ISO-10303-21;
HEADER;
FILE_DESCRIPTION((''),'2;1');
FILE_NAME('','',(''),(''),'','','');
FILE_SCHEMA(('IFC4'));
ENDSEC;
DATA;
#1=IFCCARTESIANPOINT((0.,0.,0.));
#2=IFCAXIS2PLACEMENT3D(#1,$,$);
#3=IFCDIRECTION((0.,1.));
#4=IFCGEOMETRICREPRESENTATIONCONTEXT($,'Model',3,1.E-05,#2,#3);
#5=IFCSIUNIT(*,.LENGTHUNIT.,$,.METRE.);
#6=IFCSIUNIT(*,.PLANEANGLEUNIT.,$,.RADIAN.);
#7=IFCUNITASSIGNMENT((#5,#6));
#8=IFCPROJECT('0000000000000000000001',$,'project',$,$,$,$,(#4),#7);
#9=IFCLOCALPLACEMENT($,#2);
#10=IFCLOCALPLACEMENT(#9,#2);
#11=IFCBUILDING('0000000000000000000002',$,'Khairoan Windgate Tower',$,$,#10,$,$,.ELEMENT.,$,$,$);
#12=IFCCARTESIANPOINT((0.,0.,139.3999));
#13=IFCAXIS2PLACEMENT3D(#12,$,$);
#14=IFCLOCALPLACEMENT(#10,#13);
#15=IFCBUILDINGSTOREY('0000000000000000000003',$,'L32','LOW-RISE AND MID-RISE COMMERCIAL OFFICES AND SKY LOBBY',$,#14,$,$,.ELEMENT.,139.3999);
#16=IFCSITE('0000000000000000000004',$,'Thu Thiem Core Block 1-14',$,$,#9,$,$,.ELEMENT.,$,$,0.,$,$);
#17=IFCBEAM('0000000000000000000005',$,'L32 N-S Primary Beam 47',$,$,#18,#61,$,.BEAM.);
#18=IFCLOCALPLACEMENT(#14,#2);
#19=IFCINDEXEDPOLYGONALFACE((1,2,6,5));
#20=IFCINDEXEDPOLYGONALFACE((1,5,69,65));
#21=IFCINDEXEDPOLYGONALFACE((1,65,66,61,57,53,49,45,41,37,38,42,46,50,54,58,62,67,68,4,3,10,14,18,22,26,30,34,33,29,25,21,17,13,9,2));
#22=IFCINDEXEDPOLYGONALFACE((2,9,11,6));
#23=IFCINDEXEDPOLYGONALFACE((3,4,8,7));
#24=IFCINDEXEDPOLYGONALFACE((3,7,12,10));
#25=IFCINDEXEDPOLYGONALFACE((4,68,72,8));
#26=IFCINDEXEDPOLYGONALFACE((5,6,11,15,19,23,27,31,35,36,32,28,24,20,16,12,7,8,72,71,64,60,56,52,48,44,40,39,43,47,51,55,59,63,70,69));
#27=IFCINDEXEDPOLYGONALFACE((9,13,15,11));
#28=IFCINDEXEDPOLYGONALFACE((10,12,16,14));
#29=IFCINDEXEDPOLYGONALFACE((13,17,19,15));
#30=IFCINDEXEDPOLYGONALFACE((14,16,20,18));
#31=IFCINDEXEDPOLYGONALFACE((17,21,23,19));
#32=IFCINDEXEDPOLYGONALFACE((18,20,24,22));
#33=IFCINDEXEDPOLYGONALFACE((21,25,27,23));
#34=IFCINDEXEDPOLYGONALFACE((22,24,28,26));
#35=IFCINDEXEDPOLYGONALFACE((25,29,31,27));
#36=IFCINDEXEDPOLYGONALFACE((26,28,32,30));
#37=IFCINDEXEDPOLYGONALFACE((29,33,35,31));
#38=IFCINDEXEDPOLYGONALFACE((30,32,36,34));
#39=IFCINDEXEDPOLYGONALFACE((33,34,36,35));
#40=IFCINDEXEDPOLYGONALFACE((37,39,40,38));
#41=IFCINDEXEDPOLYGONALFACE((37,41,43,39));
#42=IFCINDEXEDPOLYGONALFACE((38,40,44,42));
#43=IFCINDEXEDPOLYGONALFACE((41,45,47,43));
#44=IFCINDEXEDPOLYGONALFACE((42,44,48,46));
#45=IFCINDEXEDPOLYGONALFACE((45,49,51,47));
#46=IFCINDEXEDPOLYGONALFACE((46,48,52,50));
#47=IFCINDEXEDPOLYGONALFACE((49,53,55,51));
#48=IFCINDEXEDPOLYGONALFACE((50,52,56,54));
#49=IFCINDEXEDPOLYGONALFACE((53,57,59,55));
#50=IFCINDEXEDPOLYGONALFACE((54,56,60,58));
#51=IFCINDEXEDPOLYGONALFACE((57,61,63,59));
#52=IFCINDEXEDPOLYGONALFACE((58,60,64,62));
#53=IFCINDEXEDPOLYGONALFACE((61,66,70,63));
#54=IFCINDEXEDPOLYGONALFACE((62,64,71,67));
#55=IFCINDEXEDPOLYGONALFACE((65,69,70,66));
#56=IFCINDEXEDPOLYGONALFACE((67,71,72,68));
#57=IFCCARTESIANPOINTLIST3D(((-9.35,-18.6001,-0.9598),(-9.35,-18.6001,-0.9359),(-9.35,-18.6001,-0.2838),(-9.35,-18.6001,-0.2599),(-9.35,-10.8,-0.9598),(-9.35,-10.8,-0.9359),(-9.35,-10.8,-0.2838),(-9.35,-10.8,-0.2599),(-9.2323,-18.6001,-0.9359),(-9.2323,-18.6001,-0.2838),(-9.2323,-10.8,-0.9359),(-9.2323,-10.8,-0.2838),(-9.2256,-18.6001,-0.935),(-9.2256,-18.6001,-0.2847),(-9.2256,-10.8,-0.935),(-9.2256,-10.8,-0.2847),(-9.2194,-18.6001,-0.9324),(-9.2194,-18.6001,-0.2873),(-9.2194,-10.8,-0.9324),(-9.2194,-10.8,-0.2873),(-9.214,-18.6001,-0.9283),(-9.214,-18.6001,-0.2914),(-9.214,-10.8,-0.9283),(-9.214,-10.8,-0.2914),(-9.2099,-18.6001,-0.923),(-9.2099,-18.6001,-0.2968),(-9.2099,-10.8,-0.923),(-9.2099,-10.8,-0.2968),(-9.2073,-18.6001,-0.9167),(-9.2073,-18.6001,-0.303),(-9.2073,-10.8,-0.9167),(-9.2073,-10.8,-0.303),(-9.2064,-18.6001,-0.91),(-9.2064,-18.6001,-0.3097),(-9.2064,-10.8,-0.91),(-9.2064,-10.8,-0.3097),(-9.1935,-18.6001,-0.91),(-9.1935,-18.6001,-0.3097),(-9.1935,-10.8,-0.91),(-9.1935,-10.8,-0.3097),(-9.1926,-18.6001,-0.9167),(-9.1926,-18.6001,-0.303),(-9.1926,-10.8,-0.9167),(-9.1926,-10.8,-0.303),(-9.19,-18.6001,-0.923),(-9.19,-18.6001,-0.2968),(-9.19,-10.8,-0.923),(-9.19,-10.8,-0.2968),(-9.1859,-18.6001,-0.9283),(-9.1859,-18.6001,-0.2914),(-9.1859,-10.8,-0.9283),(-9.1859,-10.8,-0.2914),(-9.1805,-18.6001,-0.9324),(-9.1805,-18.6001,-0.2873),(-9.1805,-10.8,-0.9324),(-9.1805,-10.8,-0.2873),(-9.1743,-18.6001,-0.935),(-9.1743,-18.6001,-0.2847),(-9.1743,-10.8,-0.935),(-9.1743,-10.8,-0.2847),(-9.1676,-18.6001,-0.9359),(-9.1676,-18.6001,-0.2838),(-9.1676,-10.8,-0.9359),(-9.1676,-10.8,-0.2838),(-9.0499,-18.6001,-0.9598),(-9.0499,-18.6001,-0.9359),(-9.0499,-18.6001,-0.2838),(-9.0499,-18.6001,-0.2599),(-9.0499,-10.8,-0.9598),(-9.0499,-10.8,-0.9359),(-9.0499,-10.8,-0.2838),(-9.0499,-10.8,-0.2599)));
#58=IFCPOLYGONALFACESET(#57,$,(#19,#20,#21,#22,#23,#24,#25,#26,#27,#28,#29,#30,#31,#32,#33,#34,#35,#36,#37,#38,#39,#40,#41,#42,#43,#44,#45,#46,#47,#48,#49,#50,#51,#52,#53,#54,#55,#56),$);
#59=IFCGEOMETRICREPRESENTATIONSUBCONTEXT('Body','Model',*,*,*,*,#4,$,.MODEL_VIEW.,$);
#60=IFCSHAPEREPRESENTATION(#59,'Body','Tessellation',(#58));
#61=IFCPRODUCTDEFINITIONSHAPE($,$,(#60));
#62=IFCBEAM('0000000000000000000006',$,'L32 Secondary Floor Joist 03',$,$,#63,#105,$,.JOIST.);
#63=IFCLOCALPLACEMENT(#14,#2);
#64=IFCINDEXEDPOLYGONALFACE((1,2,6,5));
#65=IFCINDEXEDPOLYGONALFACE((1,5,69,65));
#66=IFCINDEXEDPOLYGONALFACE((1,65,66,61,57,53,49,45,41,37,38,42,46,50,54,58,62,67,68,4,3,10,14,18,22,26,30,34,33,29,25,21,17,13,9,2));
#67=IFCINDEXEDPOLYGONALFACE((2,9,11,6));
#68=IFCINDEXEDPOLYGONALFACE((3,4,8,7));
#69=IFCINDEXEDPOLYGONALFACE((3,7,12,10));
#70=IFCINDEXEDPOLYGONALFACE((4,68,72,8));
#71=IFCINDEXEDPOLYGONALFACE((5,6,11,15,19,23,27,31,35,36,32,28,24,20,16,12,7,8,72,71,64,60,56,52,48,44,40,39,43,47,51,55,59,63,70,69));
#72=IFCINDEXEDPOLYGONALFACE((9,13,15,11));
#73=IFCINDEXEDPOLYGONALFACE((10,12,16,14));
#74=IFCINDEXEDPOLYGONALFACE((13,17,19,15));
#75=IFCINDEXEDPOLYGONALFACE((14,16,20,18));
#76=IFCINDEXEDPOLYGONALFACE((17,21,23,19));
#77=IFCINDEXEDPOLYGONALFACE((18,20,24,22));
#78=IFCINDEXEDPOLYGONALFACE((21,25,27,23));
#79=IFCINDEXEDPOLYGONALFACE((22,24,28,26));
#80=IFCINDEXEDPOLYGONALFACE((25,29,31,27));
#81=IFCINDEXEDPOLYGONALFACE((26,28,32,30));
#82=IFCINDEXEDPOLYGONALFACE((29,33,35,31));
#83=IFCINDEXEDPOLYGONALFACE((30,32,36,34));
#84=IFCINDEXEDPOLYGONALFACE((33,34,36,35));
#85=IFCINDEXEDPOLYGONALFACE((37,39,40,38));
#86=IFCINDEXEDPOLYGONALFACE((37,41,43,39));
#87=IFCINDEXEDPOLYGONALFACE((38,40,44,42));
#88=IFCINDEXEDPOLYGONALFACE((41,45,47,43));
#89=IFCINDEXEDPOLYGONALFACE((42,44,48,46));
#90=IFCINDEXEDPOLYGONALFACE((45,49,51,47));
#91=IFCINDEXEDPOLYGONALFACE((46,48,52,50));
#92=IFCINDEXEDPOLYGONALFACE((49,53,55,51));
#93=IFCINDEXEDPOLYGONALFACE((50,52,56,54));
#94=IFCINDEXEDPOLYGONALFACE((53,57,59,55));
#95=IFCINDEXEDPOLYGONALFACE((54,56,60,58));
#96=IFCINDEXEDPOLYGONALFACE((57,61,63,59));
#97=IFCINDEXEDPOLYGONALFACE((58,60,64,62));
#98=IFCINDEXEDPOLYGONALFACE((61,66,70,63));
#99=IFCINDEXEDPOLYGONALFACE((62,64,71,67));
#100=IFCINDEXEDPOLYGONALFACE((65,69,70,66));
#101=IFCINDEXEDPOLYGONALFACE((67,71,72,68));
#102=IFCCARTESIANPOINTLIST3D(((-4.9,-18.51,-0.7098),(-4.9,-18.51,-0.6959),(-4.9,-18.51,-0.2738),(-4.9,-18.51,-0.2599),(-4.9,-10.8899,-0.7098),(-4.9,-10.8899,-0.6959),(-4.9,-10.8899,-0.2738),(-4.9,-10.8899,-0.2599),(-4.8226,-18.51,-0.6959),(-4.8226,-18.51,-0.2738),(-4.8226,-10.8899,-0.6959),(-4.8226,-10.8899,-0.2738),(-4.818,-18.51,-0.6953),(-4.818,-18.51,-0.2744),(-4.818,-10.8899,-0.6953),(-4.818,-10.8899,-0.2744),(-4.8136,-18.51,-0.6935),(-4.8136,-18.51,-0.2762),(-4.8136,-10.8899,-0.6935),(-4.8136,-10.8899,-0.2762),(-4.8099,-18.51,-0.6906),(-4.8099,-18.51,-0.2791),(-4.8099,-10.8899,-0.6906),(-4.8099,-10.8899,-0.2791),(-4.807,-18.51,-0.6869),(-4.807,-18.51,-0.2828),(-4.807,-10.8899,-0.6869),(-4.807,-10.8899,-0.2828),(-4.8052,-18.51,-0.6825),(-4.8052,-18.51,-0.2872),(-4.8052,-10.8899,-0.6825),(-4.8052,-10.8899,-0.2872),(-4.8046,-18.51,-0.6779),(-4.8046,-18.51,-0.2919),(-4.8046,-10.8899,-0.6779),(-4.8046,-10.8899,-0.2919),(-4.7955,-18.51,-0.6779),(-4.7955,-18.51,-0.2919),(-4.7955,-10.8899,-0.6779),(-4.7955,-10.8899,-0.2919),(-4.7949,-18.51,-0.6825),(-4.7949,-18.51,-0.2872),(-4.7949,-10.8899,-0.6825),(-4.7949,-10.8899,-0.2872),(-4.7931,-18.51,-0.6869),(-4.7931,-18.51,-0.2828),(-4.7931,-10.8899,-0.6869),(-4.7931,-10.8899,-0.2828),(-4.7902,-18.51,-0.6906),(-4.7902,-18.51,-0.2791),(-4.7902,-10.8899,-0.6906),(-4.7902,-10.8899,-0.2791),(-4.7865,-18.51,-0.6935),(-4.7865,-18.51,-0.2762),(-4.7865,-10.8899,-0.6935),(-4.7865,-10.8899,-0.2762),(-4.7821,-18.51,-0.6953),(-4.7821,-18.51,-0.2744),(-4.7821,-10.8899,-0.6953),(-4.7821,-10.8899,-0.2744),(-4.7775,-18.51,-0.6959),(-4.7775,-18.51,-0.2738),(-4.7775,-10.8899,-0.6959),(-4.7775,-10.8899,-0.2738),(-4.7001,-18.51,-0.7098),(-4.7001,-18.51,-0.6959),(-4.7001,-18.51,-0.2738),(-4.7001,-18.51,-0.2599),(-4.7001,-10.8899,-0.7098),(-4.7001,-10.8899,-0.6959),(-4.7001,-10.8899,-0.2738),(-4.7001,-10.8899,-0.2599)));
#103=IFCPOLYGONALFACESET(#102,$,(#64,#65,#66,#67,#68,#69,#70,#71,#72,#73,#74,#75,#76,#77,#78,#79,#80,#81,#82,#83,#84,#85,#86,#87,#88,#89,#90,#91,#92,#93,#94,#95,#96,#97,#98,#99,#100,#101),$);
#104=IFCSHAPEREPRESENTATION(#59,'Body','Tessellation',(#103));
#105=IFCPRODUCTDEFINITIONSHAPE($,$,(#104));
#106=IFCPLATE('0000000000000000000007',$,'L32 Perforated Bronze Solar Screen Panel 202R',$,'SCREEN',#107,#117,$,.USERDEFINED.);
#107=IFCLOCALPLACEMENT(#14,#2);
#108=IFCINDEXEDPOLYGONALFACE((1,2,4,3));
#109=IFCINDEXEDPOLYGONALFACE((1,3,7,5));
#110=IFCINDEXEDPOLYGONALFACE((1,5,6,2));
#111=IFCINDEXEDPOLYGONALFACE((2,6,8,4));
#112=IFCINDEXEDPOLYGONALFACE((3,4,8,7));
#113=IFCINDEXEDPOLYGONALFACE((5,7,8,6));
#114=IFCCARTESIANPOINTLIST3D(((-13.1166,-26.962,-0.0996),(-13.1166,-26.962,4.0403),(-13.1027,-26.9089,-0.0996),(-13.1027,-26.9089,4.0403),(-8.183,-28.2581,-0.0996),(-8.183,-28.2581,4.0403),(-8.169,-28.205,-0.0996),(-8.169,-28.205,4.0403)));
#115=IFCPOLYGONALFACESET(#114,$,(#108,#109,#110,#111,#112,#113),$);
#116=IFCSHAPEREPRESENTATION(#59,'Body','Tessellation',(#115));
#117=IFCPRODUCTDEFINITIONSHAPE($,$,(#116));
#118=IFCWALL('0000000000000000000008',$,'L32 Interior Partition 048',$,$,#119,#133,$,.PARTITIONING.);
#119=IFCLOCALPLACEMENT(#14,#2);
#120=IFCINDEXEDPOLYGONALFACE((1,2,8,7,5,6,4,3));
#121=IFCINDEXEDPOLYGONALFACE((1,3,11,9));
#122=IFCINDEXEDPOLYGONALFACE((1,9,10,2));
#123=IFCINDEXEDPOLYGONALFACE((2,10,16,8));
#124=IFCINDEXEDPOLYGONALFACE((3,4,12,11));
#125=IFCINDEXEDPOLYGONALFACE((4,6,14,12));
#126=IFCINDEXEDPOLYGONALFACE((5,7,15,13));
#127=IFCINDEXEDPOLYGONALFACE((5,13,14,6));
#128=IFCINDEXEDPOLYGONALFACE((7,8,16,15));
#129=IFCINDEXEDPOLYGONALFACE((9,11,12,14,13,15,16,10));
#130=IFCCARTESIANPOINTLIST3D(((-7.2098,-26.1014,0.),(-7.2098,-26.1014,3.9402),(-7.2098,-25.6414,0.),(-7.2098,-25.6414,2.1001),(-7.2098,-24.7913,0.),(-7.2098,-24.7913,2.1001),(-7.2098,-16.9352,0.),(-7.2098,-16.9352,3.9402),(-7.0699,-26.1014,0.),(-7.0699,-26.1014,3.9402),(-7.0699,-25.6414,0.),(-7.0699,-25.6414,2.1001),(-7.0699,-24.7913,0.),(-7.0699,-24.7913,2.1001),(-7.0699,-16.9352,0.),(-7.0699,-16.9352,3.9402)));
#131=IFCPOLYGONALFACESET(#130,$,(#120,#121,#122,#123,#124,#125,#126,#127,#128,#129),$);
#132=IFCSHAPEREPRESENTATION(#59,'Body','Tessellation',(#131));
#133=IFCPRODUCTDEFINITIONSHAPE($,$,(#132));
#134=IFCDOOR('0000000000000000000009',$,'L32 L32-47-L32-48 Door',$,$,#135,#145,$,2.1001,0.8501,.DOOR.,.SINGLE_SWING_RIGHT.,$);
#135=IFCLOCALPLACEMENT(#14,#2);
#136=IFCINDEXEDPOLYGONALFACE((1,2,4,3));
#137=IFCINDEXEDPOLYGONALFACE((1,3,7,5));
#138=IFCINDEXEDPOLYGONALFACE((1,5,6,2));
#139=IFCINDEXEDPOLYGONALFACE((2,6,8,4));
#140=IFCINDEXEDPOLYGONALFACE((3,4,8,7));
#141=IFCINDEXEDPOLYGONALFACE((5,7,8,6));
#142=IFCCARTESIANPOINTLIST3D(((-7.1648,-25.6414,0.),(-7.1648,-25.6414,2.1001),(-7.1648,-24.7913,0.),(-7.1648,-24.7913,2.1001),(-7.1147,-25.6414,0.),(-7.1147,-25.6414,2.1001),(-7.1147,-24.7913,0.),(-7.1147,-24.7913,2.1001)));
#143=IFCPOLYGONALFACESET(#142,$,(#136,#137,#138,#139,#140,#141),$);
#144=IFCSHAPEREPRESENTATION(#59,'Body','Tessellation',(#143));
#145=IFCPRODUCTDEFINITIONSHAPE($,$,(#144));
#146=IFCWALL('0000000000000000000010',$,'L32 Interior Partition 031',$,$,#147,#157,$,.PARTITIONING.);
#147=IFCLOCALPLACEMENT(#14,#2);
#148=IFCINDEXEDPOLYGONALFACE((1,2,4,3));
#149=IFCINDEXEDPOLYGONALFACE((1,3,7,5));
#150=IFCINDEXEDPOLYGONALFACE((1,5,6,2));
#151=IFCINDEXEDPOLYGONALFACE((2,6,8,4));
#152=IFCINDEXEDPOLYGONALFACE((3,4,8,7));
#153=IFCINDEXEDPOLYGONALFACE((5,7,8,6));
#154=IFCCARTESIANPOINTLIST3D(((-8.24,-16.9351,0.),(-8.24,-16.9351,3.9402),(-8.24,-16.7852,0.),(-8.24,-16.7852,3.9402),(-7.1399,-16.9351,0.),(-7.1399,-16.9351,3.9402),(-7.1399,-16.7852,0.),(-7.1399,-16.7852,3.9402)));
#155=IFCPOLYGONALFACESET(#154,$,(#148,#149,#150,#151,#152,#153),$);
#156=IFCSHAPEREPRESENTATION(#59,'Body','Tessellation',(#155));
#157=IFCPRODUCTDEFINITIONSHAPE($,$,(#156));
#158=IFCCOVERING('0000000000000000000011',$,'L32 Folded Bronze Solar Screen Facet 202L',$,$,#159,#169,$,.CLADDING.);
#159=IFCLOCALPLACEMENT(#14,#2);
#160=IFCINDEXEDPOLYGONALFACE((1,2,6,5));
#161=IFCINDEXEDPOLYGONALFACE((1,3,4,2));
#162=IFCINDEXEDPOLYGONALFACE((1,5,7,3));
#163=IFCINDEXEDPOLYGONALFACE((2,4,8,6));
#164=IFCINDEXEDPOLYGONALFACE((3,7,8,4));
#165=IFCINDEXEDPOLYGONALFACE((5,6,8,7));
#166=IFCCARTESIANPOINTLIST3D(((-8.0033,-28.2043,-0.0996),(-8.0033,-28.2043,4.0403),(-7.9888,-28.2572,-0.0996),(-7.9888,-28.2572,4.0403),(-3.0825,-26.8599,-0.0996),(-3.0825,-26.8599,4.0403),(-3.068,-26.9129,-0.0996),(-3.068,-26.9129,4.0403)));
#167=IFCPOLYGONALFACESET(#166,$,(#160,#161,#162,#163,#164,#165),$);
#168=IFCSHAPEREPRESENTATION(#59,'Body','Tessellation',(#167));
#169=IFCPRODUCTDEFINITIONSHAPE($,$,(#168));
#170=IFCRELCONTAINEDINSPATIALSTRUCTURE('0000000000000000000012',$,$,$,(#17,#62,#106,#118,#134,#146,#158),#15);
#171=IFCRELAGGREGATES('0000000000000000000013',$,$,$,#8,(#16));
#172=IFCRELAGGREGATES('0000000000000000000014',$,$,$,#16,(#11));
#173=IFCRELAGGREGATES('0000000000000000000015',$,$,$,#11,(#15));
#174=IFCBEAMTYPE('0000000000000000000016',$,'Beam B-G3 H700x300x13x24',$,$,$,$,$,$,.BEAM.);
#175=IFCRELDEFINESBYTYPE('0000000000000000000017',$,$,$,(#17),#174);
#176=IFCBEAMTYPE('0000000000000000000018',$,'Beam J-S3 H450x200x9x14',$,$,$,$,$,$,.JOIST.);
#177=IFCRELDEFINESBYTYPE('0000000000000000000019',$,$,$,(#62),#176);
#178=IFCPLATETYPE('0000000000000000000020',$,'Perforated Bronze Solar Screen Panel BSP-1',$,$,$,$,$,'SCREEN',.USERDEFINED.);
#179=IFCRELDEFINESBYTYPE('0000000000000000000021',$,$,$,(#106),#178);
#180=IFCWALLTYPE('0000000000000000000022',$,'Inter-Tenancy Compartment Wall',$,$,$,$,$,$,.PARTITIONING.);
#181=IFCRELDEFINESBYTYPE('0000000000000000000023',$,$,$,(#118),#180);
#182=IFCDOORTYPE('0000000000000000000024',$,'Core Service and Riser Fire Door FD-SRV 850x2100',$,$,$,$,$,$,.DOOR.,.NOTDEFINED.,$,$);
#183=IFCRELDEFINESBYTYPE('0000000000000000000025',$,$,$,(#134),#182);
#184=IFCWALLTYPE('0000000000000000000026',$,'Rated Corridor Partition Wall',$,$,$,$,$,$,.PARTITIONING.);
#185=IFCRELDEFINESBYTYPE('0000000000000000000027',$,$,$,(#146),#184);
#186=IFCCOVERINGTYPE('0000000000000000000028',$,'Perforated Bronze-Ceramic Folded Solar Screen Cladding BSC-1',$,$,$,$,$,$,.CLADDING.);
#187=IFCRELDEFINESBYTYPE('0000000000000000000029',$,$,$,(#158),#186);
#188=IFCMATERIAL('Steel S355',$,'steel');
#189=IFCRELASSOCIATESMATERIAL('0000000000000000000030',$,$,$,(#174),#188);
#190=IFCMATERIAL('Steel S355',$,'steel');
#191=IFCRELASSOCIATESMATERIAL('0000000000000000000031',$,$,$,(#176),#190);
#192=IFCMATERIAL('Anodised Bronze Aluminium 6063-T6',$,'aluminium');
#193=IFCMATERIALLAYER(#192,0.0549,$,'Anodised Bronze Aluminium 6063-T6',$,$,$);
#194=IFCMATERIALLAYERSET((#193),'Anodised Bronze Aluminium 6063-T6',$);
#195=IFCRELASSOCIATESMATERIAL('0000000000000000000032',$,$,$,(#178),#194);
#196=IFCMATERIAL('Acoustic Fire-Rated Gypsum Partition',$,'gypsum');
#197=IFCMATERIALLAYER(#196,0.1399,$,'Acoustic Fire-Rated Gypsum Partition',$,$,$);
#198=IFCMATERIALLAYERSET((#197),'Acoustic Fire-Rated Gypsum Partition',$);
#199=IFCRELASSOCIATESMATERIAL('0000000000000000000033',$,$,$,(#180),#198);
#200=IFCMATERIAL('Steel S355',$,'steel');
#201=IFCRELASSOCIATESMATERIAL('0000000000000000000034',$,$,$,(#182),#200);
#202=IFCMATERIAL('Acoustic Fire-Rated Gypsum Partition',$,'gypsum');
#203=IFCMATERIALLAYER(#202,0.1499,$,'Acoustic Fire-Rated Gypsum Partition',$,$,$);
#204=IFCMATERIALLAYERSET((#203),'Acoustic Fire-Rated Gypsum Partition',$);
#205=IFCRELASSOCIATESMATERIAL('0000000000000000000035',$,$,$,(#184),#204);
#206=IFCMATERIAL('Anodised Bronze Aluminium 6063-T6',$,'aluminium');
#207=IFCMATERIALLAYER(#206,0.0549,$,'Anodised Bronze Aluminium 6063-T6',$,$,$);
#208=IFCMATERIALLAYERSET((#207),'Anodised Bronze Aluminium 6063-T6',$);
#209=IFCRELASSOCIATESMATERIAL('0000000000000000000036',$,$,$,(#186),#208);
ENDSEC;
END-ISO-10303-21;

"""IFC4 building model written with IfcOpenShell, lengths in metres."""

from ifc_helpers import new_model, si_unit, direction, frame, frame_2d, origin, origin_2d, place, context, subcontext, project, spatial, rectangle, i_section, extrude, material, layer, layer_set, material_profile, profile_set, type_object, element, fill, save


model = new_model("IFC4")

# Units and contexts
model_context = context("Model", 3, precision=1e-05, world=origin(), true_north=direction((0.0, 1.0)))
body_context = subcontext(model_context, "Body", "Model", "MODEL_VIEW")
ifc_project = project(units=[si_unit("LENGTHUNIT", "METRE"), si_unit("PLANEANGLEUNIT", "RADIAN")], contexts=[model_context])

# Site, building, storey
site_placement = place(None, origin())
site = spatial("IfcSite", under=ifc_project, at=site_placement, Name="Thu Thiem Core Block 1-14", CompositionType="ELEMENT", RefElevation=0.0)
building_placement = place(site_placement, origin())
building = spatial("IfcBuilding", under=site, at=building_placement, Name="Khairoan Windgate Tower", CompositionType="ELEMENT")
storey_placement = place(building_placement, frame((0.0, 0.0, 139.3999)))
storey = spatial("IfcBuildingStorey", under=building, at=storey_placement, Name="L32", Description="LOW-RISE AND MID-RISE COMMERCIAL OFFICES AND SKY LOBBY", CompositionType="ELEMENT", Elevation=139.3999)

# Beams
ifc_material_1 = material(Name="Steel S355", Category="steel")
ifc_material_profile_1 = material_profile(ifc_material_1, i_section(OverallWidth=0.3, OverallDepth=0.7, WebThickness=0.0129, FlangeThickness=0.0239, FilletRadius=0.0259, at=origin_2d()))
ifc_profile_set_1 = profile_set([ifc_material_profile_1], Name="Steel S355")
beam_type_1 = type_object("IfcBeamType", Name="Beam B-G3 H700x300x13x24", PredefinedType="BEAM", material=ifc_profile_set_1)
beam_1_placement = place(storey_placement, frame((-9.2, -18.6001, -0.6099), z_axis=(0.0, 1.0, 0.0), x_axis=(-1.0, 0.0, 0.0)))
element("IfcBeam", 1, at=beam_1_placement, inside=storey, type_object=beam_type_1, Name="L32 N-S Primary Beam 47", PredefinedType="BEAM", context=body_context, shape_type="SweptSolid", body=[
    extrude(i_section(OverallWidth=0.3, OverallDepth=0.7, WebThickness=0.0129, FlangeThickness=0.0239, FilletRadius=0.0259, at=origin_2d()), origin(), (0.0, 0.0, 1.0), 7.8),
])
ifc_material_2 = material(Name="Steel S355", Category="steel")
ifc_material_profile_2 = material_profile(ifc_material_2, i_section(OverallWidth=0.2, OverallDepth=0.45, WebThickness=0.009, FlangeThickness=0.0139, FilletRadius=0.0181, at=origin_2d()))
ifc_profile_set_2 = profile_set([ifc_material_profile_2], Name="Steel S355")
beam_type_2 = type_object("IfcBeamType", Name="Beam J-S3 H450x200x9x14", PredefinedType="JOIST", material=ifc_profile_set_2)
beam_2_placement = place(storey_placement, frame((-4.8, -18.51, -0.4849), z_axis=(0.0, 1.0, 0.0), x_axis=(-1.0, 0.0, 0.0)))
element("IfcBeam", 2, at=beam_2_placement, inside=storey, type_object=beam_type_2, Name="L32 Secondary Floor Joist 03", PredefinedType="JOIST", context=body_context, shape_type="SweptSolid", body=[
    extrude(i_section(OverallWidth=0.2, OverallDepth=0.45, WebThickness=0.009, FlangeThickness=0.0139, FilletRadius=0.0181, at=origin_2d()), origin(), (0.0, 0.0, 1.0), 7.6201),
])

# Plate
ifc_material_3 = material(Name="Anodised Bronze Aluminium 6063-T6", Category="aluminium")
ifc_layer_1 = layer(ifc_material_3, 0.0549, Name="Anodised Bronze Aluminium 6063-T6")
ifc_layer_set_1 = layer_set([ifc_layer_1], Name="Anodised Bronze Aluminium 6063-T6")
plate_type = type_object("IfcPlateType", Name="Perforated Bronze Solar Screen Panel BSP-1", ElementType="SCREEN", PredefinedType="USERDEFINED", material=ifc_layer_set_1)
plate_placement = place(storey_placement, frame((-10.6428, -27.5835, -0.0996), z_axis=(0.0, 0.0, 1.0), x_axis=(-0.967179, 0.254096, 0.0)))
element("IfcPlate", 3, at=plate_placement, inside=storey, type_object=plate_type, Name="L32 Perforated Bronze Solar Screen Panel 202R", ObjectType="SCREEN", PredefinedType="USERDEFINED", context=body_context, shape_type="SweptSolid", body=[
    extrude(rectangle(XDim=5.1011, YDim=0.0549, at=origin_2d()), origin(), (0.0, 0.0, 1.0), 4.1399),
])

# Wall, opening, door
ifc_material_4 = material(Name="Acoustic Fire-Rated Gypsum Partition", Category="gypsum")
ifc_layer_2 = layer(ifc_material_4, 0.1399, Name="Acoustic Fire-Rated Gypsum Partition")
ifc_layer_set_2 = layer_set([ifc_layer_2], Name="Acoustic Fire-Rated Gypsum Partition")
wall_type_1 = type_object("IfcWallType", Name="Inter-Tenancy Compartment Wall", PredefinedType="PARTITIONING", material=ifc_layer_set_2)
wall_1_placement = place(storey_placement, frame((-7.1399, -26.1013, 0.0), z_axis=(0.0, 0.0, 1.0), x_axis=(0.0, 1.0, 0.0)))
wall_1 = element("IfcWall", 4, at=wall_1_placement, inside=storey, type_object=wall_type_1, Name="L32 Interior Partition 048", PredefinedType="PARTITIONING", context=body_context, shape_type="SweptSolid", body=[
    extrude(rectangle(XDim=9.1663, YDim=0.1399, at=frame_2d((4.583, 0.0))), origin(), (0.0, 0.0, 1.0), 3.9402),
])
opening_placement = place(wall_1_placement, frame((0.46, 0.0, 0.0)))
opening = element("IfcOpeningElement", 5, at=opening_placement, cuts=wall_1, PredefinedType="OPENING", context=body_context, shape_type="SweptSolid", body=[
    extrude(rectangle(XDim=0.8501, YDim=2.1001, at=frame_2d((0.425, 1.05))), frame((0.0, 0.0798, 0.0), z_axis=(0.0, -1.0, 0.0), x_axis=(1.0, 0.0, 0.0)), (0.0, 0.0, 1.0), 0.1599),
])
ifc_material_5 = material(Name="Steel S355", Category="steel")
door_type = type_object("IfcDoorType", Name="Core Service and Riser Fire Door FD-SRV 850x2100", OperationType="NOTDEFINED", PredefinedType="DOOR", material=ifc_material_5)
door_placement = place(opening_placement, origin())
door = element("IfcDoor", 6, at=door_placement, inside=storey, type_object=door_type, Name="L32 L32-47-L32-48 Door", OperationType="SINGLE_SWING_RIGHT", OverallHeight=2.1001, OverallWidth=0.8501, PredefinedType="DOOR", context=body_context, shape_type="SweptSolid", body=[
    extrude(rectangle(XDim=0.8501, YDim=2.1001, at=frame_2d((0.425, 1.05))), frame((0.0, 0.0249, 0.0), z_axis=(0.0, -1.0, 0.0), x_axis=(1.0, 0.0, 0.0)), (0.0, 0.0, 1.0), 0.05),
])
fill(opening, door)

# Wall
ifc_material_6 = material(Name="Acoustic Fire-Rated Gypsum Partition", Category="gypsum")
ifc_layer_3 = layer(ifc_material_6, 0.1499, Name="Acoustic Fire-Rated Gypsum Partition")
ifc_layer_set_3 = layer_set([ifc_layer_3], Name="Acoustic Fire-Rated Gypsum Partition")
wall_type_2 = type_object("IfcWallType", Name="Rated Corridor Partition Wall", PredefinedType="PARTITIONING", material=ifc_layer_set_3)
wall_2_placement = place(storey_placement, frame((-8.24, -16.8601, 0.0), z_axis=(0.0, 0.0, 1.0), x_axis=(1.0, 0.0, 0.0)))
element("IfcWall", 7, at=wall_2_placement, inside=storey, type_object=wall_type_2, Name="L32 Interior Partition 031", PredefinedType="PARTITIONING", context=body_context, shape_type="SweptSolid", body=[
    extrude(rectangle(XDim=1.1001, YDim=0.1499, at=frame_2d((0.55, 0.0))), origin(), (0.0, 0.0, 1.0), 3.9402),
])

# Covering
ifc_material_7 = material(Name="Anodised Bronze Aluminium 6063-T6", Category="aluminium")
ifc_layer_4 = layer(ifc_material_7, 0.0549, Name="Anodised Bronze Aluminium 6063-T6")
ifc_layer_set_4 = layer_set([ifc_layer_4], Name="Anodised Bronze Aluminium 6063-T6")
covering_type = type_object("IfcCoveringType", Name="Perforated Bronze-Ceramic Folded Solar Screen Cladding BSC-1", PredefinedType="CLADDING", material=ifc_layer_set_4)
covering_placement = place(storey_placement, frame((-5.5356, -27.5586, -0.0996), z_axis=(0.0, 0.0, 1.0), x_axis=(-0.964649, -0.263536, 0.0)))
element("IfcCovering", 8, at=covering_placement, inside=storey, type_object=covering_type, Name="L32 Folded Bronze Solar Screen Facet 202L", PredefinedType="CLADDING", context=body_context, shape_type="SweptSolid", body=[
    extrude(rectangle(XDim=5.1011, YDim=0.0549, at=origin_2d()), origin(), (0.0, 0.0, 1.0), 4.1399),
])

save(model, "model.ifc")
